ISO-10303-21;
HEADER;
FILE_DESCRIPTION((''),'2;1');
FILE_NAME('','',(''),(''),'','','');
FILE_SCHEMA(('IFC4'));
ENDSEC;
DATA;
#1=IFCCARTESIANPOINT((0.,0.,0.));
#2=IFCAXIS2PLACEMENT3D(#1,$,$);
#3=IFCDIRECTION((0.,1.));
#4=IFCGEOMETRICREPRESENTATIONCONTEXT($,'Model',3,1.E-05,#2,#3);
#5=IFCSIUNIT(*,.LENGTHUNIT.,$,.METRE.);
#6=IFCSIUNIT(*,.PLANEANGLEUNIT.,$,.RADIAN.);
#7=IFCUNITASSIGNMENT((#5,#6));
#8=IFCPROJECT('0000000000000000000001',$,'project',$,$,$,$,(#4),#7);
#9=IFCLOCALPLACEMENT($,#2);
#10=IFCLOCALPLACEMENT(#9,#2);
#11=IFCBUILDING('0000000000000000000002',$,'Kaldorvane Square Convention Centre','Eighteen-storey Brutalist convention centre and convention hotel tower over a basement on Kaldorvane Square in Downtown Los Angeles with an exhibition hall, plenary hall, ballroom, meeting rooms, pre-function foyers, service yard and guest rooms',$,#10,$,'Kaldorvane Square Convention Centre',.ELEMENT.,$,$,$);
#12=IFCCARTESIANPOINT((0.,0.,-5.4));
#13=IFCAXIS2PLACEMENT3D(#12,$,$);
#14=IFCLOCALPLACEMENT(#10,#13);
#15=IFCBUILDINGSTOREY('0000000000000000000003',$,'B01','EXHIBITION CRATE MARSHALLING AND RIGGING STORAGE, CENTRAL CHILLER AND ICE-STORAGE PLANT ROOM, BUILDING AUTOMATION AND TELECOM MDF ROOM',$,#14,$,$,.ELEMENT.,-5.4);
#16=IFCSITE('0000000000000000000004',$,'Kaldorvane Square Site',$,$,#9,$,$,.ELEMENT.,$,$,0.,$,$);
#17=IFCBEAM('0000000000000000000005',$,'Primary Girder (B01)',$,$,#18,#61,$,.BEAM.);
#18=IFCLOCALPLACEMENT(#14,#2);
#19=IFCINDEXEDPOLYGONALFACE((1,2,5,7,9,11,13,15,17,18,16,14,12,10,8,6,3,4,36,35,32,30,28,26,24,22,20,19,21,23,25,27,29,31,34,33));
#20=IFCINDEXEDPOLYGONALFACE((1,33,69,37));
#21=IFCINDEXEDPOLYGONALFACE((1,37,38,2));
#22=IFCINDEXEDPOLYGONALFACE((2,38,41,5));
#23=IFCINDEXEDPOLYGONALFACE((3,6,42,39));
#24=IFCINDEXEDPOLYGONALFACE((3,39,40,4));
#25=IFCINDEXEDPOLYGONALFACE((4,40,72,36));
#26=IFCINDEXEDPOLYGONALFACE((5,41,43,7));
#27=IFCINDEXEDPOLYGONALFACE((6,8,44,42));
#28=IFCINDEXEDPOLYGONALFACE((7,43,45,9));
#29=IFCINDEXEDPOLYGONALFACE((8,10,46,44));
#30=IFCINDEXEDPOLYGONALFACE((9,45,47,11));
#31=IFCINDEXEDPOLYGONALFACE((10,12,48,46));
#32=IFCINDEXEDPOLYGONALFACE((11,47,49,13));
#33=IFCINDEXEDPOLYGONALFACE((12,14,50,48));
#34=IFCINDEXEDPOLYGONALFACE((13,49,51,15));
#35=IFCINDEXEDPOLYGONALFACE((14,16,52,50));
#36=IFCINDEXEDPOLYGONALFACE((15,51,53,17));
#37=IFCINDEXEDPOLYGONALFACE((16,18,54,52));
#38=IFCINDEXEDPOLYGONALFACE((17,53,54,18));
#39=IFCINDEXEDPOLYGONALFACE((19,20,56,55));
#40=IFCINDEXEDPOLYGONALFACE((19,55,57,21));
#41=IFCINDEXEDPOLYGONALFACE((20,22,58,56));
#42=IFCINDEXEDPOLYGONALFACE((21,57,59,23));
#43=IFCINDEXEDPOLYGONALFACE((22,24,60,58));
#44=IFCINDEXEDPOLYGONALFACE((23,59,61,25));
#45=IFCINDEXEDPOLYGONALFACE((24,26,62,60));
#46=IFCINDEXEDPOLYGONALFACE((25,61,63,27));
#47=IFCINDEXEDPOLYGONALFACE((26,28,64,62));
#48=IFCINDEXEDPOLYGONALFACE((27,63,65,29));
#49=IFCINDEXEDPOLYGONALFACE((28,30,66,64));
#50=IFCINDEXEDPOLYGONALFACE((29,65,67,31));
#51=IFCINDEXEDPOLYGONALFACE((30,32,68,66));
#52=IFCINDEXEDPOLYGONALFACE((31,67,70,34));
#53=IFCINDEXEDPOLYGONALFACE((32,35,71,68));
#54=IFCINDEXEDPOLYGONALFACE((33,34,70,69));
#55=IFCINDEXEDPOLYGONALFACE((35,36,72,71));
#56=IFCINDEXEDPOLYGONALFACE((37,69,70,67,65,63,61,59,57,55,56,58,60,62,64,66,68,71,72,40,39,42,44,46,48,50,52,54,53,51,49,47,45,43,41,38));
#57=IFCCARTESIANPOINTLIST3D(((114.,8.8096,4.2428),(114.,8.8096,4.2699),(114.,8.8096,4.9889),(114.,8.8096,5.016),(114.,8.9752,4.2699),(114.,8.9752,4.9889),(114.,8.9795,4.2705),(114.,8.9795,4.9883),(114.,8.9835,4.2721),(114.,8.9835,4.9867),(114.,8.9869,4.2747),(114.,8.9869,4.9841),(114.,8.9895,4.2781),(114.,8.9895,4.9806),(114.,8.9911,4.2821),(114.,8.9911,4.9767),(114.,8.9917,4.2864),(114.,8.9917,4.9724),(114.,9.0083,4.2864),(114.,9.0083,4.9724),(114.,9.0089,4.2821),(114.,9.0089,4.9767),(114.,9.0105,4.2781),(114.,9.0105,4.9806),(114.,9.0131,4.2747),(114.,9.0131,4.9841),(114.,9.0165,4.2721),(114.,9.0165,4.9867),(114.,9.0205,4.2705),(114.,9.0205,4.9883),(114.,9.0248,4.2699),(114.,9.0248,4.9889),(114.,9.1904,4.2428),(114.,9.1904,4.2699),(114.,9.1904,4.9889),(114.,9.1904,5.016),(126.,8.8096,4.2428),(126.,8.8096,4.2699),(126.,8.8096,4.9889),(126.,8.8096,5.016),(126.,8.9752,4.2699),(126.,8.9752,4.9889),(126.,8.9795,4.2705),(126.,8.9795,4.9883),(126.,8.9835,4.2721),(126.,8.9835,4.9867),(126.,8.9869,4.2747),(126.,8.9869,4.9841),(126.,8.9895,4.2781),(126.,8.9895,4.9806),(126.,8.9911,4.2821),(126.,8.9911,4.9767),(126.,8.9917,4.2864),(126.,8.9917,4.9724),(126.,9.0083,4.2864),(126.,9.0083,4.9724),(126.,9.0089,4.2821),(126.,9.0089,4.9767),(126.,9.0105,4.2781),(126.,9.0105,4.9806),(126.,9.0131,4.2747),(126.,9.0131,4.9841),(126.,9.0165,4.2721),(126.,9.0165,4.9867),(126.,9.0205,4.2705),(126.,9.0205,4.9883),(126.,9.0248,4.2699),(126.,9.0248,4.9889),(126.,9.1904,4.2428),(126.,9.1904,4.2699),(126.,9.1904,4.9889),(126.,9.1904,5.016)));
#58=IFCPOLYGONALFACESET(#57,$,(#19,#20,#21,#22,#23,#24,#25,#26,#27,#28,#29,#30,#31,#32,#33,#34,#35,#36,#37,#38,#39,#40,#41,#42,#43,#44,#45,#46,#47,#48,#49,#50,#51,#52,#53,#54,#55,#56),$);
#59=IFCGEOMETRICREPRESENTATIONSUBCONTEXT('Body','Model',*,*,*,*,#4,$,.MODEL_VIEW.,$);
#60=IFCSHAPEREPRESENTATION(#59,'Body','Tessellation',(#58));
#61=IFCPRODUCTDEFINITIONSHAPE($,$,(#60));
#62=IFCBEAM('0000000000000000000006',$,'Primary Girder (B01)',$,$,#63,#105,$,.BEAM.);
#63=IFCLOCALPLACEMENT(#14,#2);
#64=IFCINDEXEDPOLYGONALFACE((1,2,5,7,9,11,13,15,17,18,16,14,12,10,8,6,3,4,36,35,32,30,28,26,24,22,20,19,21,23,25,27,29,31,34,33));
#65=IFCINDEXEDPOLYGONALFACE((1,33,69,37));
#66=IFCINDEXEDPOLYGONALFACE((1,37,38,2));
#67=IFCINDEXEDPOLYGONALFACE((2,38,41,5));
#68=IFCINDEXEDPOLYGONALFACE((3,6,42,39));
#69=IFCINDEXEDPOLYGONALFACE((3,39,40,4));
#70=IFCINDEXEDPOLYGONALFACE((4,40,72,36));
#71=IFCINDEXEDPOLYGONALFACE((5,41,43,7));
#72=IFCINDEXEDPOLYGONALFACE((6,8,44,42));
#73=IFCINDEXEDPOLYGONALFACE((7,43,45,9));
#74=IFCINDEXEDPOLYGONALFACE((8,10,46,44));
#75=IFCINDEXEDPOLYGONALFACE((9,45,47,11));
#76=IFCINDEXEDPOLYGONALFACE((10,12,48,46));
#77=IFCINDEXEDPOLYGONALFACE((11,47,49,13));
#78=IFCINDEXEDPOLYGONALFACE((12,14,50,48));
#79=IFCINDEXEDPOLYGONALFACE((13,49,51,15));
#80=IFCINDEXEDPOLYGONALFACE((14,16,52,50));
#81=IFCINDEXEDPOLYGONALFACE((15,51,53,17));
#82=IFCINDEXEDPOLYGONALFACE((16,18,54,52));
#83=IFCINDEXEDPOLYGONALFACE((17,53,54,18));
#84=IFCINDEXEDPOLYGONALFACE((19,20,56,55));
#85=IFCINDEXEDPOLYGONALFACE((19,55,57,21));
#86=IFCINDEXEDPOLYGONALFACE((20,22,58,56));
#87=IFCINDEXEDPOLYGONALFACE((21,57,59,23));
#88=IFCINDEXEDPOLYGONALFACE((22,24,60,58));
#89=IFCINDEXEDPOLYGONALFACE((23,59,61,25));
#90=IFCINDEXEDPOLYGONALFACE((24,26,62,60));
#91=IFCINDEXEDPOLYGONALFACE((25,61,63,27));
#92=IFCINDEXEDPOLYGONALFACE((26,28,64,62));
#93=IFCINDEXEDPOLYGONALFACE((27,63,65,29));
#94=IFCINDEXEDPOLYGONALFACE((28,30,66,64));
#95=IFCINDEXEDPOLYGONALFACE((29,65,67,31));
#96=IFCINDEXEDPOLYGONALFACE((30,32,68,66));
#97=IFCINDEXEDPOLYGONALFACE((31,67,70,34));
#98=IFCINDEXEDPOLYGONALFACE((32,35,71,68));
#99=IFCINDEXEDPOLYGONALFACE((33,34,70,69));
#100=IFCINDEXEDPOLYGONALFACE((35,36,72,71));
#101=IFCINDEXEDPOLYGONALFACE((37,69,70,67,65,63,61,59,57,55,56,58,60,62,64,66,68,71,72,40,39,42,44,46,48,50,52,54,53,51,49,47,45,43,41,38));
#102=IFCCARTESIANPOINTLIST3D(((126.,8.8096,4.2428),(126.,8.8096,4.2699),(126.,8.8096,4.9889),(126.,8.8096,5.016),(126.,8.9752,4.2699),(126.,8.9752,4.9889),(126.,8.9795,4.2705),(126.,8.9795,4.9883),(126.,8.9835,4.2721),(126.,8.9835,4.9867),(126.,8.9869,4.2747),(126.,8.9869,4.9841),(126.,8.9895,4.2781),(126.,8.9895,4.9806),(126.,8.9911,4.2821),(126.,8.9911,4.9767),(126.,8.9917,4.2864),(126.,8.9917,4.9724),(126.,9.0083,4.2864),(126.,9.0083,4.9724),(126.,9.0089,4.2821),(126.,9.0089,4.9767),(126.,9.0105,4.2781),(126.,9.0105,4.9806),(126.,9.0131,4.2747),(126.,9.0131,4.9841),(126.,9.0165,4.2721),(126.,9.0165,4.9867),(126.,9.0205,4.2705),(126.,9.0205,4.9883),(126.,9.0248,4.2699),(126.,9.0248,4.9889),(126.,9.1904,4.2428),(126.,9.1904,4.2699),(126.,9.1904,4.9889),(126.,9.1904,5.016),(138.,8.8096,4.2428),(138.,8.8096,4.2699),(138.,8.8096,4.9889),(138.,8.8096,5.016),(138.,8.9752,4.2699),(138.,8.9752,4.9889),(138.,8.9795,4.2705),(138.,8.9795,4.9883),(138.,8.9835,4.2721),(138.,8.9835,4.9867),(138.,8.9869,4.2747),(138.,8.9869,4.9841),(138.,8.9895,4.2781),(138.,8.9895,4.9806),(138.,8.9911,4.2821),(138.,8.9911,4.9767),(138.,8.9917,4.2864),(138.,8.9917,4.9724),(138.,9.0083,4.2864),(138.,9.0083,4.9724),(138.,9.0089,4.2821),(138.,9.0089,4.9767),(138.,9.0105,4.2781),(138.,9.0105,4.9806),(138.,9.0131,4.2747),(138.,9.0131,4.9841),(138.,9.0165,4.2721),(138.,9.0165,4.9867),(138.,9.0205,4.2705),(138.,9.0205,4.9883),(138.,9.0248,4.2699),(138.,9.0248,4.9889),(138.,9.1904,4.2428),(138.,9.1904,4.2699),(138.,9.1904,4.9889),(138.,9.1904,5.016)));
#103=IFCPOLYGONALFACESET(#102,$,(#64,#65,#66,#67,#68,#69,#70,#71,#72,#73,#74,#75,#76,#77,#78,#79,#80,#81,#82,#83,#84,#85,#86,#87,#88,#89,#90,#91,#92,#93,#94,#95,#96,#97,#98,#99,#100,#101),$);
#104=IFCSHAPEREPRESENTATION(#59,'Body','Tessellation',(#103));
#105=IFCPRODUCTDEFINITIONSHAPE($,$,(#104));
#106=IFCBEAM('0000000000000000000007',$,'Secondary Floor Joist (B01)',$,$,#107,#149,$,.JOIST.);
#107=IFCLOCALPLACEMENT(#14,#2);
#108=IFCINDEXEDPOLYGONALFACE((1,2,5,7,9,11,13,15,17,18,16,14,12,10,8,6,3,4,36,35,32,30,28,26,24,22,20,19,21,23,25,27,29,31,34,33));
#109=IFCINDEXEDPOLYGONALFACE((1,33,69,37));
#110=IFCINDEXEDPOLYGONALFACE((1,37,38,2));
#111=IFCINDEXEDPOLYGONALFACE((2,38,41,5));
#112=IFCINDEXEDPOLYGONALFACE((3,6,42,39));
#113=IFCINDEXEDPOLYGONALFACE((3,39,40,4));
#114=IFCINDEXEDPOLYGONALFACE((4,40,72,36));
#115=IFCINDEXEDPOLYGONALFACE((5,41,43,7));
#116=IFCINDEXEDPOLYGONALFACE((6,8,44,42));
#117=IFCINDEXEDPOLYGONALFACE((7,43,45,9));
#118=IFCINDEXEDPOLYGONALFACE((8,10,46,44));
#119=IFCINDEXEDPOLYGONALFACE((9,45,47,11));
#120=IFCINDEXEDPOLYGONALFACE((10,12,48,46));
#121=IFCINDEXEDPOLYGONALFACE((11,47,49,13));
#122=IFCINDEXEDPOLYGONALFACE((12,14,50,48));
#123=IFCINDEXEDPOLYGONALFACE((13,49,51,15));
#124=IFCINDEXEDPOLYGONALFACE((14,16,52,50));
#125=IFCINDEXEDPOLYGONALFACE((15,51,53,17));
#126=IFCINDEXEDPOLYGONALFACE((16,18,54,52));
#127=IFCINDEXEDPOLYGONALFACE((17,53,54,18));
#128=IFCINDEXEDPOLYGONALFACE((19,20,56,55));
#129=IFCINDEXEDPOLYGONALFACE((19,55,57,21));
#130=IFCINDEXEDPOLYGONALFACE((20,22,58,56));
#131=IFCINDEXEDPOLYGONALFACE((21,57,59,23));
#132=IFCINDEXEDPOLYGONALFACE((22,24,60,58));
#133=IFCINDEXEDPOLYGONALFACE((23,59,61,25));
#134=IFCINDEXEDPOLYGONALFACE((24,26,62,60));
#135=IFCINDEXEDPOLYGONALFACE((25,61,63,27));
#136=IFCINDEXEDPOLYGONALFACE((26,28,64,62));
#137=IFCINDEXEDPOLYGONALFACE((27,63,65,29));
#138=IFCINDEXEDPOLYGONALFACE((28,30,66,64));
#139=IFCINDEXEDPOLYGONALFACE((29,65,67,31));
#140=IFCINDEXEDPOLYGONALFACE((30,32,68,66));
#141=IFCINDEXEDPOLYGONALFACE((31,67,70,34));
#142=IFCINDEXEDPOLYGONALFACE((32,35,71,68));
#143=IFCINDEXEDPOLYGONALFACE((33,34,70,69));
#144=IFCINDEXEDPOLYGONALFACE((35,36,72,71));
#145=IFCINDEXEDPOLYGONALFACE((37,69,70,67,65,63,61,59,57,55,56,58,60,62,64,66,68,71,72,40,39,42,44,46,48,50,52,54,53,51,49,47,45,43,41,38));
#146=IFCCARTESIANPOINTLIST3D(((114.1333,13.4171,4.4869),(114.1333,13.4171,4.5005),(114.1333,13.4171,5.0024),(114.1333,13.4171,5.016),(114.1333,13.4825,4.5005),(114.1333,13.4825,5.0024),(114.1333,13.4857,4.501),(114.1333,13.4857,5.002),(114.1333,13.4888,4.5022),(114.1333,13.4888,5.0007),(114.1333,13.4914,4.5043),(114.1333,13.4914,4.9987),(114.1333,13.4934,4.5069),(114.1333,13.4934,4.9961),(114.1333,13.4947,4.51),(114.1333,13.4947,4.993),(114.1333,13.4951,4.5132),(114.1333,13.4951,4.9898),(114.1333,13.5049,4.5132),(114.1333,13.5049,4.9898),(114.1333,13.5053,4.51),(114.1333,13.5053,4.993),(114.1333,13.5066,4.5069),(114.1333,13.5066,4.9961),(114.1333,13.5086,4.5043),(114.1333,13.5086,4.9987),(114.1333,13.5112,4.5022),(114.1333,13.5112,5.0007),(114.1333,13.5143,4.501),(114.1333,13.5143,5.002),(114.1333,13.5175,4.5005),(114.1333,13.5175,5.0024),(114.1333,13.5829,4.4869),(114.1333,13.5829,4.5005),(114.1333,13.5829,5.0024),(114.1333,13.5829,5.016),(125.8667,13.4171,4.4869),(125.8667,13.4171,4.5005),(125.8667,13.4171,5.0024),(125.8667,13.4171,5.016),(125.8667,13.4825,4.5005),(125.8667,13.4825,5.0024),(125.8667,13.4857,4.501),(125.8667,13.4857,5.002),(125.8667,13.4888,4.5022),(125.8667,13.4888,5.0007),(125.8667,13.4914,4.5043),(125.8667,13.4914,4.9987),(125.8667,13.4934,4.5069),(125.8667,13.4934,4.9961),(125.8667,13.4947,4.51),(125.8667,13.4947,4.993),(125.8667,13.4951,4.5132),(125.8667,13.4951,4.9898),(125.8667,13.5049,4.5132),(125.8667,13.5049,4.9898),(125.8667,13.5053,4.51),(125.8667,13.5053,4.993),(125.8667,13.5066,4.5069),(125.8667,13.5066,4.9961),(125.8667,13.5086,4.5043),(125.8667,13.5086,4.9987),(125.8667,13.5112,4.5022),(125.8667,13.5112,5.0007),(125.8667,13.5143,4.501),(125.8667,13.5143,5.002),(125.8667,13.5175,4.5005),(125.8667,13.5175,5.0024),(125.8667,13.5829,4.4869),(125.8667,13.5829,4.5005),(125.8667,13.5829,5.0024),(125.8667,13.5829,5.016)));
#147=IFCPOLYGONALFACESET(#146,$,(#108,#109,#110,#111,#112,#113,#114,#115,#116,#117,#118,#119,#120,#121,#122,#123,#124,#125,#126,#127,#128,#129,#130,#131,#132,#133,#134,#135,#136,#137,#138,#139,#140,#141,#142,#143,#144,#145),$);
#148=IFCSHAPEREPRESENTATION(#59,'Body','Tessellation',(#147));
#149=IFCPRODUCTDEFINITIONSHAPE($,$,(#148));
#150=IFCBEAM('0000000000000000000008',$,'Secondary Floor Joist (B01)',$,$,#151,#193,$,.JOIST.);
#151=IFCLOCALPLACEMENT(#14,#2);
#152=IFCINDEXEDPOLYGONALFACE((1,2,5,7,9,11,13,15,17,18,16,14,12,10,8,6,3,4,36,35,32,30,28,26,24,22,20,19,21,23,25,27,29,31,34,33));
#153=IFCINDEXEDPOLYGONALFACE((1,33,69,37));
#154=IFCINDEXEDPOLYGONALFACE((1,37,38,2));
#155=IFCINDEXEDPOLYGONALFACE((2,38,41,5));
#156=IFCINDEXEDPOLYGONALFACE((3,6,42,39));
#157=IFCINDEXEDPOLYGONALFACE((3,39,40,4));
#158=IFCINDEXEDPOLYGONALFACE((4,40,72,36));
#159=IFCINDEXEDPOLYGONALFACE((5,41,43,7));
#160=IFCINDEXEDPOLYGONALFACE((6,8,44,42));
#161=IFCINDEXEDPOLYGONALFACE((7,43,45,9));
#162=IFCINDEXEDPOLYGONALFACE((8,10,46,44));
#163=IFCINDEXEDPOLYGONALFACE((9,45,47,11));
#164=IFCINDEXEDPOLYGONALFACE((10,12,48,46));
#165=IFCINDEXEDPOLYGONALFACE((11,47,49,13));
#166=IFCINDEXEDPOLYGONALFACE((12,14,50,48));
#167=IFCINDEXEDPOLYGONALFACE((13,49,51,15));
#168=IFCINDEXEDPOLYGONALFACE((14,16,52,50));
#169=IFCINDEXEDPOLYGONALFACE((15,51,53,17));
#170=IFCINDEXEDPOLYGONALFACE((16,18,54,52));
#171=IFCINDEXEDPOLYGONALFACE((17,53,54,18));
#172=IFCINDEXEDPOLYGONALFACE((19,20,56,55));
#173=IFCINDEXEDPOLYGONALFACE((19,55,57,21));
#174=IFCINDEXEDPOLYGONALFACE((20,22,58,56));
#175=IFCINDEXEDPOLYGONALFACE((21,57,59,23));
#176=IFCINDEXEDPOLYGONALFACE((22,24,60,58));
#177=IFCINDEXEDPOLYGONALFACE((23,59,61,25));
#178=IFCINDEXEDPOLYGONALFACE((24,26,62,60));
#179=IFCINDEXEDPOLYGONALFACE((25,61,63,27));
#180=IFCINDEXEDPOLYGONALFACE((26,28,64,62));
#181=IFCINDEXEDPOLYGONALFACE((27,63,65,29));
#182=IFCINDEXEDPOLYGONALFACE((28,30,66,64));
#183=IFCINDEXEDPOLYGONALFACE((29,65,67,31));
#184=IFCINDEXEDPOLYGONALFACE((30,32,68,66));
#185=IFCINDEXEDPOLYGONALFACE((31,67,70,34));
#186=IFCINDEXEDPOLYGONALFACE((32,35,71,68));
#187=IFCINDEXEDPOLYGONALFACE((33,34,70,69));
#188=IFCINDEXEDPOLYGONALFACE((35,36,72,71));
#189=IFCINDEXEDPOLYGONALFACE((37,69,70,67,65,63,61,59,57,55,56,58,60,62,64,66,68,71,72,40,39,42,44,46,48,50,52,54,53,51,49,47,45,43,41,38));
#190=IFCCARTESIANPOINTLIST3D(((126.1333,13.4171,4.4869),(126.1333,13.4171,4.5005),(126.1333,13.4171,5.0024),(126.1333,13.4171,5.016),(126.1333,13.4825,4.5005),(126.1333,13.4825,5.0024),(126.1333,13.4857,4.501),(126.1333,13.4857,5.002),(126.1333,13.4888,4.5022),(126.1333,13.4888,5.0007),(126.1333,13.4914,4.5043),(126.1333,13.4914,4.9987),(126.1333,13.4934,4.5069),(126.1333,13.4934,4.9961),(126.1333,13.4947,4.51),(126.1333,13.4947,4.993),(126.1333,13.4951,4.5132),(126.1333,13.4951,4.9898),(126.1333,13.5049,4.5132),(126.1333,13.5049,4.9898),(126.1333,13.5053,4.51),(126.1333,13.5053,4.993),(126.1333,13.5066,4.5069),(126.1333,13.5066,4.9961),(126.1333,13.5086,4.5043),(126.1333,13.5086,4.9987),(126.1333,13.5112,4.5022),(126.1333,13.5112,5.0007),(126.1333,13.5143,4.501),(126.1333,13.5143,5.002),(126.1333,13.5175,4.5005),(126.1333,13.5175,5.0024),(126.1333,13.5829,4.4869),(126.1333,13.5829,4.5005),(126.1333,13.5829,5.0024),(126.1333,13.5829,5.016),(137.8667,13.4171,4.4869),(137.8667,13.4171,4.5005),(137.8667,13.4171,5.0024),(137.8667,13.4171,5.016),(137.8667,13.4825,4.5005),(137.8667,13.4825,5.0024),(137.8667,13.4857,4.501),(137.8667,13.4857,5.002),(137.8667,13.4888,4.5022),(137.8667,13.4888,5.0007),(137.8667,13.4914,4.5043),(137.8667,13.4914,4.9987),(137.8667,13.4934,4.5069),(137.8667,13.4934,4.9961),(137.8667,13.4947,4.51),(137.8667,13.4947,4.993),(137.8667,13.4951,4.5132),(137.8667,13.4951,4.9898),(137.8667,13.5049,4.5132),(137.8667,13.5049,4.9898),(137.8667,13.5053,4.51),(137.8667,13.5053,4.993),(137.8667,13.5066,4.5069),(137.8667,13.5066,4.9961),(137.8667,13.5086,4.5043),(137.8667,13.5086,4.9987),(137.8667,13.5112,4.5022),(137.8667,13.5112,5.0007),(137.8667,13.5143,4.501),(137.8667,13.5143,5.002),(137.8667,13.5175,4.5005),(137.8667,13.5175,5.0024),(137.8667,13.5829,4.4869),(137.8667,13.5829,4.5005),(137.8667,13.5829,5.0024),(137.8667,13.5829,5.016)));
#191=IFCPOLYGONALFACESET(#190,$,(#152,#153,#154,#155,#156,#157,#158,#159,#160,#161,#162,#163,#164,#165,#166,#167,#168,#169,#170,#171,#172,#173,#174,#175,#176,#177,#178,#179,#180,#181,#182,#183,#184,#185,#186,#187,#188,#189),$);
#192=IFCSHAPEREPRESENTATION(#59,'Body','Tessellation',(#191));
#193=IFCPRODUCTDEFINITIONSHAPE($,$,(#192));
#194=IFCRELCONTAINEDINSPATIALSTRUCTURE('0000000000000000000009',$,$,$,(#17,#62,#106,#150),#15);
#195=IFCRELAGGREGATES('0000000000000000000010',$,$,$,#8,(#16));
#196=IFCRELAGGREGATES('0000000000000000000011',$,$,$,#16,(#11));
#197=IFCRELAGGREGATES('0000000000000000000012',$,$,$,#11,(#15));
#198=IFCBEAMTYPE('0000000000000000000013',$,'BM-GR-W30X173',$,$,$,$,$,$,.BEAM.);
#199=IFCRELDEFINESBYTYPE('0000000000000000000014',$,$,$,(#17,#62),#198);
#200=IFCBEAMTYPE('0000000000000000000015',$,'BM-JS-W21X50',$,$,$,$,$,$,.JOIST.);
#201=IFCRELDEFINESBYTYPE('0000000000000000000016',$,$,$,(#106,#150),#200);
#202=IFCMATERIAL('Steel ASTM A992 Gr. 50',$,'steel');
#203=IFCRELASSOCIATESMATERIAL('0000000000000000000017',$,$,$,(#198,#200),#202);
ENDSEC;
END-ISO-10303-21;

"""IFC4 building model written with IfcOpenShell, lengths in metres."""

from ifc_helpers import new_model, si_unit, direction, frame, origin, origin_2d, place, context, subcontext, project, spatial, i_section, extrude, material, material_profile, profile_set, type_object, element, save


model = new_model("IFC4")

# Units and contexts
model_context = context("Model", 3, precision=1e-05, world=origin(), true_north=direction((0.0, 1.0)))
body_context = subcontext(model_context, "Body", "Model", "MODEL_VIEW")
ifc_project = project(units=[si_unit("LENGTHUNIT", "METRE"), si_unit("PLANEANGLEUNIT", "RADIAN")], contexts=[model_context])

# Site, building, storey
site_placement = place(None, origin())
site = spatial("IfcSite", under=ifc_project, at=site_placement, Name="Kaldorvane Square Site", CompositionType="ELEMENT", RefElevation=0.0)
building_placement = place(site_placement, origin())
building = spatial("IfcBuilding", under=site, at=building_placement, Name="Kaldorvane Square Convention Centre", Description="Eighteen-storey Brutalist convention centre and convention hotel tower over a basement on Kaldorvane Square in Downtown Los Angeles with an exhibition hall, plenary hall, ballroom, meeting rooms, pre-function foyers, service yard and guest rooms", LongName="Kaldorvane Square Convention Centre", CompositionType="ELEMENT")
storey_placement = place(building_placement, frame((0.0, 0.0, -5.4)))
storey = spatial("IfcBuildingStorey", under=building, at=storey_placement, Name="B01", Description="EXHIBITION CRATE MARSHALLING AND RIGGING STORAGE, CENTRAL CHILLER AND ICE-STORAGE PLANT ROOM, BUILDING AUTOMATION AND TELECOM MDF ROOM", CompositionType="ELEMENT", Elevation=-5.4)

# Shared definitions
ifc_material_1 = material(Name="Steel ASTM A992 Gr. 50", Category="steel")

# Beams
ifc_material_profile_1 = material_profile(ifc_material_1, i_section(OverallWidth=0.3807, OverallDepth=0.7732, WebThickness=0.0166, FlangeThickness=0.0271, FilletRadius=0.0165, at=origin_2d()), Name="W30X173")
ifc_profile_set_1 = profile_set([ifc_material_profile_1], Name="Steel ASTM A992 Gr. 50")
beam_type_1 = type_object("IfcBeamType", Name="BM-GR-W30X173", PredefinedType="BEAM", material=ifc_profile_set_1)
for number, where, z_axis, x_axis, name in (
    (1, (114.0, 9.0, 4.6294), (1.0, 0.0, 0.0), (0.0, 1.0, 0.0), "Primary Girder (B01)"),
    (2, (126.0, 9.0, 4.6294), (1.0, 0.0, 0.0), (0.0, 1.0, 0.0), "Primary Girder (B01)"),
):
    element("IfcBeam", number, at=place(storey_placement, frame(where, z_axis=z_axis, x_axis=x_axis)), inside=storey, type_object=beam_type_1, Name=name, PredefinedType="BEAM", context=body_context, shape_type="SweptSolid", body=[
        extrude(i_section(OverallWidth=0.3807, OverallDepth=0.7732, WebThickness=0.0166, FlangeThickness=0.0271, FilletRadius=0.0165, at=origin_2d()), origin(), (0.0, 0.0, 1.0), 12.0),
    ])
ifc_material_profile_2 = material_profile(ifc_material_1, i_section(OverallWidth=0.1659, OverallDepth=0.5291, WebThickness=0.0097, FlangeThickness=0.0136, FilletRadius=0.0127, at=origin_2d()), Name="W21X50")
ifc_profile_set_2 = profile_set([ifc_material_profile_2], Name="Steel ASTM A992 Gr. 50")
beam_type_2 = type_object("IfcBeamType", Name="BM-JS-W21X50", PredefinedType="JOIST", material=ifc_profile_set_2)
for number, where, z_axis, x_axis, name in (
    (3, (114.1333, 13.5, 4.7515), (1.0, 0.0, 0.0), (0.0, 1.0, 0.0), "Secondary Floor Joist (B01)"),
    (4, (126.1333, 13.5, 4.7515), (1.0, 0.0, 0.0), (0.0, 1.0, 0.0), "Secondary Floor Joist (B01)"),
):
    element("IfcBeam", number, at=place(storey_placement, frame(where, z_axis=z_axis, x_axis=x_axis)), inside=storey, type_object=beam_type_2, Name=name, PredefinedType="JOIST", context=body_context, shape_type="SweptSolid", body=[
        extrude(i_section(OverallWidth=0.1659, OverallDepth=0.5291, WebThickness=0.0097, FlangeThickness=0.0136, FilletRadius=0.0127, at=origin_2d()), origin(), (0.0, 0.0, 1.0), 11.7334),
    ])

save(model, "model.ifc")
